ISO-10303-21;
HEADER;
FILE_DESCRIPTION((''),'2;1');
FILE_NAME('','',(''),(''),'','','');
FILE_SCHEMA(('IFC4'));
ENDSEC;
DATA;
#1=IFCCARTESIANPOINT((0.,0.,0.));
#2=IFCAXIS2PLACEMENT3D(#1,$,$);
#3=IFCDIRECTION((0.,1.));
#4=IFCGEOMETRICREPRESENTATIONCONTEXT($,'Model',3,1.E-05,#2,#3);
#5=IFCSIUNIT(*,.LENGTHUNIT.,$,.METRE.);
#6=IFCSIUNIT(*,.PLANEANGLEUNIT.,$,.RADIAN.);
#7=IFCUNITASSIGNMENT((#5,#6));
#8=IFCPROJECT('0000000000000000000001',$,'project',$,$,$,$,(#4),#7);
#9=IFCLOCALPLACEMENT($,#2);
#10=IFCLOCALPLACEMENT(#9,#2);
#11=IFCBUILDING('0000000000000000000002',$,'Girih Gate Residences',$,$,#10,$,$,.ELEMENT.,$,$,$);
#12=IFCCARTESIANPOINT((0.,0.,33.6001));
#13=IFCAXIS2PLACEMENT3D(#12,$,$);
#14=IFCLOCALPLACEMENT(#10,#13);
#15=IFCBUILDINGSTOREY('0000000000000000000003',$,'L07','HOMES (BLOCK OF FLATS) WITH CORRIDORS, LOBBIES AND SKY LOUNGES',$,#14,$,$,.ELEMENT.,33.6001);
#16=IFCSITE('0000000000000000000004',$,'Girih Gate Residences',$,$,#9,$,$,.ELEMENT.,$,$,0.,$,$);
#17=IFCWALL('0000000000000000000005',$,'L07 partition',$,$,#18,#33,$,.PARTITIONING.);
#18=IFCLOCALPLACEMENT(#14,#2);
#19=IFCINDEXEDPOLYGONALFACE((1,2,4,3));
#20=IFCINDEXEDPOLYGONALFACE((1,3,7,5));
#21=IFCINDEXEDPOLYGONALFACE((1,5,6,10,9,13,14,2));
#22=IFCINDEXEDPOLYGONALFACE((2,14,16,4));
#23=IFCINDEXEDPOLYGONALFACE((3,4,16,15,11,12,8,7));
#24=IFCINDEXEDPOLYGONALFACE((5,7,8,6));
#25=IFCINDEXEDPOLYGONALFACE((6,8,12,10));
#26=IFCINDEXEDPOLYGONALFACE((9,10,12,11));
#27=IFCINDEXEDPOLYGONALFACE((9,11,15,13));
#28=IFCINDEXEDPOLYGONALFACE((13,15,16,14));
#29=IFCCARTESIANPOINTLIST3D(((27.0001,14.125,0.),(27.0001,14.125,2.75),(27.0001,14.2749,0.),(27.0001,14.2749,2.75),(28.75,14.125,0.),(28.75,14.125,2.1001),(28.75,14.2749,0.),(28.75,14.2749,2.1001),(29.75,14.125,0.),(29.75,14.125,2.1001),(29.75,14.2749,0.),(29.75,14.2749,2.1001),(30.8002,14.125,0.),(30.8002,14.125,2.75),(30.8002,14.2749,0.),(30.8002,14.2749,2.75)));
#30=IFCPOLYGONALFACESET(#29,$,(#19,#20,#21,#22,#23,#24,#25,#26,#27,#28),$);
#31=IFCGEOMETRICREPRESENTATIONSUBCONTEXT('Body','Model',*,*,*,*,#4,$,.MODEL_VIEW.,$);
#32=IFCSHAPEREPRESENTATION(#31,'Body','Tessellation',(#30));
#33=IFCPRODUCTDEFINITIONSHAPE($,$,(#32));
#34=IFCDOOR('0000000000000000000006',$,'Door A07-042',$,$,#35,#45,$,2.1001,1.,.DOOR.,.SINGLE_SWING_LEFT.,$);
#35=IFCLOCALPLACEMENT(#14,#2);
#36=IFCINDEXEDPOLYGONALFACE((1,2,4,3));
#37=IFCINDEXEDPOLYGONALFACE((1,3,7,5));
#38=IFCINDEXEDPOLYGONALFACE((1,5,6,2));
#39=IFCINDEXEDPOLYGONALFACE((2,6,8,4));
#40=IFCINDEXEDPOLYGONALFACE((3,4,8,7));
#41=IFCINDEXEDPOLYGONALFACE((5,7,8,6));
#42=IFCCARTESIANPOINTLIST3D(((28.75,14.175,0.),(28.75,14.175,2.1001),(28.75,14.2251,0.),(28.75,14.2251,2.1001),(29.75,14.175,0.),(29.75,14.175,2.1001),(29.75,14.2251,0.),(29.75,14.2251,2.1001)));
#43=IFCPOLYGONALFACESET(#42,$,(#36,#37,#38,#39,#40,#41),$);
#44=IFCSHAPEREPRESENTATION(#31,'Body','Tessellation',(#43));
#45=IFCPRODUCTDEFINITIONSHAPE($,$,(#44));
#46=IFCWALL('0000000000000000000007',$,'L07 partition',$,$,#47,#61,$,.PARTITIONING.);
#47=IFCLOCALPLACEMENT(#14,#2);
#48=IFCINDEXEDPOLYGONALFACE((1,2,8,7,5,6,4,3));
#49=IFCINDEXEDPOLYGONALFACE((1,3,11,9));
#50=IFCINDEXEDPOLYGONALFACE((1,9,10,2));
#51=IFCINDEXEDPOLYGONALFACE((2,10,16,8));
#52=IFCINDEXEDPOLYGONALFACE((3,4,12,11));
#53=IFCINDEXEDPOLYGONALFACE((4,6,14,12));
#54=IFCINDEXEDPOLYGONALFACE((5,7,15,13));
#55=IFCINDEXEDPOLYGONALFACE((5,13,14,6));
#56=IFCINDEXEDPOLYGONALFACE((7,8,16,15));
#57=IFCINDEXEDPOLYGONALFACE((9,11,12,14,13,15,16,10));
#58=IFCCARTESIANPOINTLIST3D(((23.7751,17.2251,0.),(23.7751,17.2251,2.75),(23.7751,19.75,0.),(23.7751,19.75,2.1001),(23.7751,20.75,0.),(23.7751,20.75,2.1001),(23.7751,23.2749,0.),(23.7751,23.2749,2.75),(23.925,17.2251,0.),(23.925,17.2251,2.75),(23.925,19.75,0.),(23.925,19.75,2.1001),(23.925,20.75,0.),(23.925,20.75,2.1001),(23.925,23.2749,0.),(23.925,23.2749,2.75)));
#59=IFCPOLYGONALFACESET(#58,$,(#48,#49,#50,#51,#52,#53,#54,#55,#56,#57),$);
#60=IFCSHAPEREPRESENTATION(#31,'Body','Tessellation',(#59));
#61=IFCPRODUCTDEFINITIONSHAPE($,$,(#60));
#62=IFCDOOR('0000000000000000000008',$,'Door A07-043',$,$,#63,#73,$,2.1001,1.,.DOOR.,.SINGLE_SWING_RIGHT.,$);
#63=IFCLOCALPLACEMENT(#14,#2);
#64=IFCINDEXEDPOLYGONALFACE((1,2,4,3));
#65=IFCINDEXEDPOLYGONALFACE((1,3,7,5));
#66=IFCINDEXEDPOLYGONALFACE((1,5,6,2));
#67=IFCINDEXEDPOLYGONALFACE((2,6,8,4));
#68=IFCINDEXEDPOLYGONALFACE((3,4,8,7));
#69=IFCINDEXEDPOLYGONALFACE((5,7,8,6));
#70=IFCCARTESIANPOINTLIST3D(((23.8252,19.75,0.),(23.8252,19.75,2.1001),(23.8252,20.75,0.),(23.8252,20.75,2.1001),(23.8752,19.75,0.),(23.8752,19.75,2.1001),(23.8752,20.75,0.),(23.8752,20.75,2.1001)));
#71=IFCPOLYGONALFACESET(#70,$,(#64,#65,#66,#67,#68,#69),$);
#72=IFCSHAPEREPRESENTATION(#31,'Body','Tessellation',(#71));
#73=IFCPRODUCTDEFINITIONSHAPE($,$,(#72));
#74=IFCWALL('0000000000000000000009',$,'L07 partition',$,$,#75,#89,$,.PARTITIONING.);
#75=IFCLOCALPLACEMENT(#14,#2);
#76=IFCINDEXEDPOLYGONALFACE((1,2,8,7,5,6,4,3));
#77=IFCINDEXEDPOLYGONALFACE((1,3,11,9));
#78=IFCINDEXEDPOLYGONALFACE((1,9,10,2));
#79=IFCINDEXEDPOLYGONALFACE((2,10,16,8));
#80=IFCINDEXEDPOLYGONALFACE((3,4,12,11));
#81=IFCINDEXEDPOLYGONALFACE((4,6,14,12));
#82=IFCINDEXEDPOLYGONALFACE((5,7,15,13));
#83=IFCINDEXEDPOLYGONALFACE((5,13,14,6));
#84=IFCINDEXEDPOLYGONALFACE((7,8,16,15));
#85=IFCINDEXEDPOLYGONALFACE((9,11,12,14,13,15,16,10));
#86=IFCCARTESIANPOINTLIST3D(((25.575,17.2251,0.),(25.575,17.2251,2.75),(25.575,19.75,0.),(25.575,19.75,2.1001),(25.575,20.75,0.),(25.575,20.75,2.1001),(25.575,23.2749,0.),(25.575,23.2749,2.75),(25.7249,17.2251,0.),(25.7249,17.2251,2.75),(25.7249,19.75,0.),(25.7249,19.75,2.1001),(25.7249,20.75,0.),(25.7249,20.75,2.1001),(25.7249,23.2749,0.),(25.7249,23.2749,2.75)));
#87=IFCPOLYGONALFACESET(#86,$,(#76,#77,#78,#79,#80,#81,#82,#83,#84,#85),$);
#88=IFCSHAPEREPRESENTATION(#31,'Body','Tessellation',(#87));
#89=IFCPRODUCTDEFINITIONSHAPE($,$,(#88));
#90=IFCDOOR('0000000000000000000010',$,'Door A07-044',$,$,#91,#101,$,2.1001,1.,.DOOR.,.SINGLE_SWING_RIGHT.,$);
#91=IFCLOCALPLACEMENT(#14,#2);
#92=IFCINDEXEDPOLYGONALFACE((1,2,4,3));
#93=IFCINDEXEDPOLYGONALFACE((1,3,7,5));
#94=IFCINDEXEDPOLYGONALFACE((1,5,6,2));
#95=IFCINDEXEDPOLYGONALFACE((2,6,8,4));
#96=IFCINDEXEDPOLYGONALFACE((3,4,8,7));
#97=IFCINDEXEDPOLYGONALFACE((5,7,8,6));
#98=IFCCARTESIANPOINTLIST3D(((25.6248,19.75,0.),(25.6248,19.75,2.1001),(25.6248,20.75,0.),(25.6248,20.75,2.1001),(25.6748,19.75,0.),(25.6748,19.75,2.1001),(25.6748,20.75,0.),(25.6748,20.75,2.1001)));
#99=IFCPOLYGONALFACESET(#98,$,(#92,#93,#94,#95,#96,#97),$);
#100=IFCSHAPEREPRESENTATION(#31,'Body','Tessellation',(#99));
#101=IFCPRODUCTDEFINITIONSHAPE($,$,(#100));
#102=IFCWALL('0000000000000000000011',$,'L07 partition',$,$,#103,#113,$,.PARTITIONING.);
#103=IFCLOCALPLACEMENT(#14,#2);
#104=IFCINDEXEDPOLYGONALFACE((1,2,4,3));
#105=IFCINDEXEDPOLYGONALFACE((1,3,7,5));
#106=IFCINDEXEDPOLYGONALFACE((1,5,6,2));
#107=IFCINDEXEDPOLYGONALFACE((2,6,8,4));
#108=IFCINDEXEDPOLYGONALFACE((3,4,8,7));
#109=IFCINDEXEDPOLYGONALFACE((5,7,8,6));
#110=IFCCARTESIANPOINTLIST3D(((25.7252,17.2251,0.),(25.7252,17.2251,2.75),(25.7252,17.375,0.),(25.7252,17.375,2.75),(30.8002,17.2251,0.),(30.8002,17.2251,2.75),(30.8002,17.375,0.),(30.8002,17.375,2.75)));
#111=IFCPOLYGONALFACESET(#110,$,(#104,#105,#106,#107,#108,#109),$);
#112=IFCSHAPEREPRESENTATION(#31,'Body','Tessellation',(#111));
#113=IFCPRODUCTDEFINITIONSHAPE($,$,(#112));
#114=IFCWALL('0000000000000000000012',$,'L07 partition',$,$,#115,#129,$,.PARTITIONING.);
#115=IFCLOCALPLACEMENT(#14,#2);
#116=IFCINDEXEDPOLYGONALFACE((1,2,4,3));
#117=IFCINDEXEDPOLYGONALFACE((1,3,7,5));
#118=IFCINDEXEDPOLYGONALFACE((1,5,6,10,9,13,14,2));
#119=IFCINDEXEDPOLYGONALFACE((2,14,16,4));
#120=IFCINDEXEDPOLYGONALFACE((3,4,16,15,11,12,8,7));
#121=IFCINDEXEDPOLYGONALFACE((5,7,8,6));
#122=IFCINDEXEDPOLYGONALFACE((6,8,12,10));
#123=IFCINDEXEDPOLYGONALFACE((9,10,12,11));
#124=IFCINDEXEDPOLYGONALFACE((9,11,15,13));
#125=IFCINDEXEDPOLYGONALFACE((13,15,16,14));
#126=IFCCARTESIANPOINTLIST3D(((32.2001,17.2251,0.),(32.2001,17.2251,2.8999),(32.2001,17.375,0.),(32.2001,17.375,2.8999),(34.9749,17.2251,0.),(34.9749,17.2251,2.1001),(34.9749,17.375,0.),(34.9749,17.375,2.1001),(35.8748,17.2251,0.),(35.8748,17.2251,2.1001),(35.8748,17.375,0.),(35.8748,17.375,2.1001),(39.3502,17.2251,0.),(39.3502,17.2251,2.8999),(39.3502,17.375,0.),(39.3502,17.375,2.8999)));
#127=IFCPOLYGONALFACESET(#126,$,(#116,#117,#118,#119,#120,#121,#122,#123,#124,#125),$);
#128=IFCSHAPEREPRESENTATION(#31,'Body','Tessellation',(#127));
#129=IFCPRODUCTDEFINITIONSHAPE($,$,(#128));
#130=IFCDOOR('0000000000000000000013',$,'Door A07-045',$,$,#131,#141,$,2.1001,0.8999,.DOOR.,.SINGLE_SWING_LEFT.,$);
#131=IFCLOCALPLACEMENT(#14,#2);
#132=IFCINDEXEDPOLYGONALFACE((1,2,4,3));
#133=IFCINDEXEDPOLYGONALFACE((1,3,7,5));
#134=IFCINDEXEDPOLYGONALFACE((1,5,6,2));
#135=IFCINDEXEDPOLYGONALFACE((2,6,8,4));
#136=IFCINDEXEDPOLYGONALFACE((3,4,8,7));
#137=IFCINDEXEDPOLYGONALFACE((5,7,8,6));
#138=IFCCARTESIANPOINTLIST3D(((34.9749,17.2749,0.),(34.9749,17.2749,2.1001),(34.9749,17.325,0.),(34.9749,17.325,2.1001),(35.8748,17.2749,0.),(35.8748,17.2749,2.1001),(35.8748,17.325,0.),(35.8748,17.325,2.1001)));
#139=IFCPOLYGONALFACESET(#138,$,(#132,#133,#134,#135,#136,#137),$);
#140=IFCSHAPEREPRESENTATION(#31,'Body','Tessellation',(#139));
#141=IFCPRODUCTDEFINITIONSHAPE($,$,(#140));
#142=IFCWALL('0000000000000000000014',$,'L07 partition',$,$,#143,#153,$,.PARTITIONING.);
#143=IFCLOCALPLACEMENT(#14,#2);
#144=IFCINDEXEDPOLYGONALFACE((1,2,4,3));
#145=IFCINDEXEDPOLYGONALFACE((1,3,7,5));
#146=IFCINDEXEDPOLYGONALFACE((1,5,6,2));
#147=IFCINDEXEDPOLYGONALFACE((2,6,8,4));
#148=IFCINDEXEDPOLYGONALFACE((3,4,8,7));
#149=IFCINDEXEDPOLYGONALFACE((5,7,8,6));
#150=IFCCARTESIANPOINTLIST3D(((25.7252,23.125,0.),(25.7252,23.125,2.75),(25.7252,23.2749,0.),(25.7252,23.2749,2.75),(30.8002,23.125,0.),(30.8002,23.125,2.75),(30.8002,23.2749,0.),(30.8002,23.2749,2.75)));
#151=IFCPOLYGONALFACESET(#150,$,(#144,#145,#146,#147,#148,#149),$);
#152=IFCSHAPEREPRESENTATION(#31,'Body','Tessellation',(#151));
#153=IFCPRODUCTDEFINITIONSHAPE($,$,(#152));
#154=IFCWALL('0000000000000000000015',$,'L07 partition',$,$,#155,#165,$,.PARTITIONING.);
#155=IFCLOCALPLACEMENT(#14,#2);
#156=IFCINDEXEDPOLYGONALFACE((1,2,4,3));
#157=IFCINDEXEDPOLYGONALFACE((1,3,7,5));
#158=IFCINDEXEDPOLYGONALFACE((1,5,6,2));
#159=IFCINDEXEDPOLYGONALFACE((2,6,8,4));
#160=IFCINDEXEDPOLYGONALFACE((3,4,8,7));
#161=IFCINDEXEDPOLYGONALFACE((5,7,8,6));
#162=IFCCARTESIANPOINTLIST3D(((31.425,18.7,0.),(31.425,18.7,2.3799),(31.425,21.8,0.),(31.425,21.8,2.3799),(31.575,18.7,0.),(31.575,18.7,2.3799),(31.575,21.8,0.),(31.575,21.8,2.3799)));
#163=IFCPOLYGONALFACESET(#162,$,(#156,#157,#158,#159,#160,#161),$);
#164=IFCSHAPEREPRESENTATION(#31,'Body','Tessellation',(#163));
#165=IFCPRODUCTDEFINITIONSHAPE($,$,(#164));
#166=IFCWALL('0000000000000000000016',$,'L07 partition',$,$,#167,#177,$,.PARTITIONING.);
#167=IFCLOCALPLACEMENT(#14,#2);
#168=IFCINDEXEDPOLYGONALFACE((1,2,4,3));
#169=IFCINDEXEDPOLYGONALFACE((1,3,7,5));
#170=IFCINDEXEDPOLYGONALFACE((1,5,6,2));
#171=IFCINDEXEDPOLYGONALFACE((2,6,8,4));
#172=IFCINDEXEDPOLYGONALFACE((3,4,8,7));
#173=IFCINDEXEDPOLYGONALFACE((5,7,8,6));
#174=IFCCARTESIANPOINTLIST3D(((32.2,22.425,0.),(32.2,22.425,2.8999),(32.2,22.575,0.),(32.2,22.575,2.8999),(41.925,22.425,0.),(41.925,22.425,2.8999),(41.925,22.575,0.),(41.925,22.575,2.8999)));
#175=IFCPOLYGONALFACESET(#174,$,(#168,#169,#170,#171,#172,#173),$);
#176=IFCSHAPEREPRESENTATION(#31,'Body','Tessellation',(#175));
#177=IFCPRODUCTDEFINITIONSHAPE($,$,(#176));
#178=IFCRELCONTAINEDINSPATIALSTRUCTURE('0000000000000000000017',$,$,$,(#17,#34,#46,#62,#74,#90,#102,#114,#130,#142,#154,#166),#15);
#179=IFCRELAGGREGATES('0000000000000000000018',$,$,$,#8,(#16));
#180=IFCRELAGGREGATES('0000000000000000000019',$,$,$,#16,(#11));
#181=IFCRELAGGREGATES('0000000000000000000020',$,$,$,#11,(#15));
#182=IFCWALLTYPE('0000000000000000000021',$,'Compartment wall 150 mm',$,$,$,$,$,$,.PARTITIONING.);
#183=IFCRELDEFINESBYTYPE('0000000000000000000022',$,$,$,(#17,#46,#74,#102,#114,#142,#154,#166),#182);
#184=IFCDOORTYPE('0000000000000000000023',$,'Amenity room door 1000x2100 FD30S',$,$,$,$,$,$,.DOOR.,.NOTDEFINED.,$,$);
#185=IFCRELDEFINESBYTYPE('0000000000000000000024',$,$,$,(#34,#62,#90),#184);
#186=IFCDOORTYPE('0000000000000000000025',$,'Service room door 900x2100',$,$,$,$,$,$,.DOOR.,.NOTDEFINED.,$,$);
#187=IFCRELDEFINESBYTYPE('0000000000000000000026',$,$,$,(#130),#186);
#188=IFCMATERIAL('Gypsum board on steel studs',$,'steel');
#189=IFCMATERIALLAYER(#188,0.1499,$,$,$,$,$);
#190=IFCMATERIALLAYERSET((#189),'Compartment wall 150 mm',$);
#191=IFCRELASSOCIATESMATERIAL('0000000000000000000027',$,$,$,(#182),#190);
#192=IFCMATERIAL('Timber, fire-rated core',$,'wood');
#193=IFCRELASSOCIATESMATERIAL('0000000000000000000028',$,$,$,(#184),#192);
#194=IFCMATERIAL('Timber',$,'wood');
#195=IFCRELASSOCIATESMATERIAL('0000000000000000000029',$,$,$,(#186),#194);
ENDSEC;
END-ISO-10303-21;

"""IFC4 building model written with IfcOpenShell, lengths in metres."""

from ifc_helpers import new_model, si_unit, direction, frame, frame_2d, origin, place, context, subcontext, project, spatial, rectangle, extrude, material, layer, layer_set, type_object, element, fill, save


model = new_model("IFC4")

# Units and contexts
model_context = context("Model", 3, precision=1e-05, world=origin(), true_north=direction((0.0, 1.0)))
body_context = subcontext(model_context, "Body", "Model", "MODEL_VIEW")
ifc_project = project(units=[si_unit("LENGTHUNIT", "METRE"), si_unit("PLANEANGLEUNIT", "RADIAN")], contexts=[model_context])

# Site, building, storey
site_placement = place(None, origin())
site = spatial("IfcSite", under=ifc_project, at=site_placement, Name="Girih Gate Residences", CompositionType="ELEMENT", RefElevation=0.0)
building_placement = place(site_placement, origin())
building = spatial("IfcBuilding", under=site, at=building_placement, Name="Girih Gate Residences", CompositionType="ELEMENT")
storey_placement = place(building_placement, frame((0.0, 0.0, 33.6001)))
storey = spatial("IfcBuildingStorey", under=building, at=storey_placement, Name="L07", Description="HOMES (BLOCK OF FLATS) WITH CORRIDORS, LOBBIES AND SKY LOUNGES", CompositionType="ELEMENT", Elevation=33.6001)

# Shared definitions
ifc_material_1 = material(Name="Gypsum board on steel studs", Category="steel")
ifc_layer_1 = layer(ifc_material_1, 0.1499)
ifc_layer_set_1 = layer_set([ifc_layer_1], Name="Compartment wall 150 mm")
wall_type_1 = type_object("IfcWallType", Name="Compartment wall 150 mm", PredefinedType="PARTITIONING", material=ifc_layer_set_1)

# Walls, openings, doors
ifc_material_2 = material(Name="Timber, fire-rated core", Category="wood")
door_type_1 = type_object("IfcDoorType", Name="Amenity room door 1000x2100 FD30S", OperationType="NOTDEFINED", PredefinedType="DOOR", material=ifc_material_2)
wall_1_placement = place(storey_placement, frame((30.8, 14.2, 0.0), z_axis=(0.0, 0.0, 1.0), x_axis=(-1.0, 0.0, 0.0)))
wall_1 = element("IfcWall", 1, at=wall_1_placement, inside=storey, type_object=wall_type_1, Name="L07 partition", PredefinedType="PARTITIONING", context=body_context, shape_type="SweptSolid", body=[
    extrude(rectangle(XDim=3.8, YDim=0.1499, at=frame_2d((1.8999, 0.0))), origin(), (0.0, 0.0, 1.0), 2.75),
])
opening_1_placement = place(wall_1_placement, frame((1.05, 0.0, 0.0)))
opening_1 = element("IfcOpeningElement", 2, at=opening_1_placement, cuts=wall_1, PredefinedType="OPENING", context=body_context, shape_type="SweptSolid", body=[
    extrude(rectangle(XDim=1.0, YDim=2.1001, at=frame_2d((0.5, 1.05))), frame((0.0, 0.085, 0.0), z_axis=(0.0, -1.0, 0.0), x_axis=(1.0, 0.0, 0.0)), (0.0, 0.0, 1.0), 0.1699),
])
door_1_placement = place(opening_1_placement, origin())
door_1 = element("IfcDoor", 3, at=door_1_placement, inside=storey, type_object=door_type_1, Name="Door A07-042", OperationType="SINGLE_SWING_LEFT", OverallHeight=2.1001, OverallWidth=1.0, PredefinedType="DOOR", context=body_context, shape_type="SweptSolid", body=[
    extrude(rectangle(XDim=1.0, YDim=2.1001, at=frame_2d((0.5, 1.05))), frame((0.0, 0.0249, 0.0), z_axis=(0.0, -1.0, 0.0), x_axis=(1.0, 0.0, 0.0)), (0.0, 0.0, 1.0), 0.05),
])
fill(opening_1, door_1)
wall_2_placement = place(storey_placement, frame((23.8501, 17.2251, 0.0), z_axis=(0.0, 0.0, 1.0), x_axis=(0.0, 1.0, 0.0)))
wall_2 = element("IfcWall", 4, at=wall_2_placement, inside=storey, type_object=wall_type_1, Name="L07 partition", PredefinedType="PARTITIONING", context=body_context, shape_type="SweptSolid", body=[
    extrude(rectangle(XDim=6.0498, YDim=0.1499, at=frame_2d((3.0249, 0.0))), origin(), (0.0, 0.0, 1.0), 2.75),
])
opening_2_placement = place(wall_2_placement, frame((2.5249, 0.0, 0.0)))
opening_2 = element("IfcOpeningElement", 5, at=opening_2_placement, cuts=wall_2, PredefinedType="OPENING", context=body_context, shape_type="SweptSolid", body=[
    extrude(rectangle(XDim=1.0, YDim=2.1001, at=frame_2d((0.5, 1.05))), frame((0.0, 0.085, 0.0), z_axis=(0.0, -1.0, 0.0), x_axis=(1.0, 0.0, 0.0)), (0.0, 0.0, 1.0), 0.1699),
])
door_2_placement = place(opening_2_placement, origin())
door_2 = element("IfcDoor", 6, at=door_2_placement, inside=storey, type_object=door_type_1, Name="Door A07-043", OperationType="SINGLE_SWING_RIGHT", OverallHeight=2.1001, OverallWidth=1.0, PredefinedType="DOOR", context=body_context, shape_type="SweptSolid", body=[
    extrude(rectangle(XDim=1.0, YDim=2.1001, at=frame_2d((0.5, 1.05))), frame((0.0, 0.0249, 0.0), z_axis=(0.0, -1.0, 0.0), x_axis=(1.0, 0.0, 0.0)), (0.0, 0.0, 1.0), 0.05),
])
fill(opening_2, door_2)
wall_3_placement = place(storey_placement, frame((25.6499, 23.2749, 0.0), z_axis=(0.0, 0.0, 1.0), x_axis=(0.0, -1.0, 0.0)))
wall_3 = element("IfcWall", 7, at=wall_3_placement, inside=storey, type_object=wall_type_1, Name="L07 partition", PredefinedType="PARTITIONING", context=body_context, shape_type="SweptSolid", body=[
    extrude(rectangle(XDim=6.0498, YDim=0.1499, at=frame_2d((3.0249, 0.0))), origin(), (0.0, 0.0, 1.0), 2.75),
])
opening_3_placement = place(wall_3_placement, frame((2.5249, 0.0, 0.0)))
opening_3 = element("IfcOpeningElement", 8, at=opening_3_placement, cuts=wall_3, PredefinedType="OPENING", context=body_context, shape_type="SweptSolid", body=[
    extrude(rectangle(XDim=1.0, YDim=2.1001, at=frame_2d((0.5, 1.05))), frame((0.0, 0.085, 0.0), z_axis=(0.0, -1.0, 0.0), x_axis=(1.0, 0.0, 0.0)), (0.0, 0.0, 1.0), 0.1699),
])
door_3_placement = place(opening_3_placement, origin())
door_3 = element("IfcDoor", 9, at=door_3_placement, inside=storey, type_object=door_type_1, Name="Door A07-044", OperationType="SINGLE_SWING_RIGHT", OverallHeight=2.1001, OverallWidth=1.0, PredefinedType="DOOR", context=body_context, shape_type="SweptSolid", body=[
    extrude(rectangle(XDim=1.0, YDim=2.1001, at=frame_2d((0.5, 1.05))), frame((0.0, 0.0249, 0.0), z_axis=(0.0, -1.0, 0.0), x_axis=(1.0, 0.0, 0.0)), (0.0, 0.0, 1.0), 0.05),
])
fill(opening_3, door_3)

# Wall
wall_4_placement = place(storey_placement, frame((25.7251, 17.3, 0.0), z_axis=(0.0, 0.0, 1.0), x_axis=(1.0, 0.0, 0.0)))
element("IfcWall", 10, at=wall_4_placement, inside=storey, type_object=wall_type_1, Name="L07 partition", PredefinedType="PARTITIONING", context=body_context, shape_type="SweptSolid", body=[
    extrude(rectangle(XDim=5.075, YDim=0.1499, at=frame_2d((2.5376, 0.0))), origin(), (0.0, 0.0, 1.0), 2.75),
])

# Wall, opening, door
wall_5_placement = place(storey_placement, frame((32.2, 17.3, 0.0), z_axis=(0.0, 0.0, 1.0), x_axis=(1.0, 0.0, 0.0)))
wall_5 = element("IfcWall", 11, at=wall_5_placement, inside=storey, type_object=wall_type_1, Name="L07 partition", PredefinedType="PARTITIONING", context=body_context, shape_type="SweptSolid", body=[
    extrude(rectangle(XDim=7.1501, YDim=0.1499, at=frame_2d((3.5752, 0.0))), origin(), (0.0, 0.0, 1.0), 2.8999),
])
opening_4_placement = place(wall_5_placement, frame((2.7749, 0.0, 0.0)))
opening_4 = element("IfcOpeningElement", 12, at=opening_4_placement, cuts=wall_5, PredefinedType="OPENING", context=body_context, shape_type="SweptSolid", body=[
    extrude(rectangle(XDim=0.8999, YDim=2.1001, at=frame_2d((0.45, 1.05))), frame((0.0, 0.085, 0.0), z_axis=(0.0, -1.0, 0.0), x_axis=(1.0, 0.0, 0.0)), (0.0, 0.0, 1.0), 0.1699),
])
ifc_material_3 = material(Name="Timber", Category="wood")
door_type_2 = type_object("IfcDoorType", Name="Service room door 900x2100", OperationType="NOTDEFINED", PredefinedType="DOOR", material=ifc_material_3)
door_4_placement = place(opening_4_placement, origin())
door_4 = element("IfcDoor", 13, at=door_4_placement, inside=storey, type_object=door_type_2, Name="Door A07-045", OperationType="SINGLE_SWING_LEFT", OverallHeight=2.1001, OverallWidth=0.8999, PredefinedType="DOOR", context=body_context, shape_type="SweptSolid", body=[
    extrude(rectangle(XDim=0.8999, YDim=2.1001, at=frame_2d((0.45, 1.05))), frame((0.0, 0.0249, 0.0), z_axis=(0.0, -1.0, 0.0), x_axis=(1.0, 0.0, 0.0)), (0.0, 0.0, 1.0), 0.05),
])
fill(opening_4, door_4)

# Walls
wall_6_placement = place(storey_placement, frame((25.7251, 23.2, 0.0), z_axis=(0.0, 0.0, 1.0), x_axis=(1.0, 0.0, 0.0)))
element("IfcWall", 14, at=wall_6_placement, inside=storey, type_object=wall_type_1, Name="L07 partition", PredefinedType="PARTITIONING", context=body_context, shape_type="SweptSolid", body=[
    extrude(rectangle(XDim=5.075, YDim=0.1499, at=frame_2d((2.5376, 0.0))), origin(), (0.0, 0.0, 1.0), 2.75),
])
wall_7_placement = place(storey_placement, frame((31.5, 18.7, 0.0), z_axis=(0.0, 0.0, 1.0), x_axis=(0.0, 1.0, 0.0)))
element("IfcWall", 15, at=wall_7_placement, inside=storey, type_object=wall_type_1, Name="L07 partition", PredefinedType="PARTITIONING", context=body_context, shape_type="SweptSolid", body=[
    extrude(rectangle(XDim=3.1001, YDim=0.1499, at=frame_2d((1.55, 0.0))), origin(), (0.0, 0.0, 1.0), 2.3799),
])
wall_8_placement = place(storey_placement, frame((32.2, 22.5, 0.0), z_axis=(0.0, 0.0, 1.0), x_axis=(1.0, 0.0, 0.0)))
element("IfcWall", 16, at=wall_8_placement, inside=storey, type_object=wall_type_1, Name="L07 partition", PredefinedType="PARTITIONING", context=body_context, shape_type="SweptSolid", body=[
    extrude(rectangle(XDim=9.7251, YDim=0.1499, at=frame_2d((4.8625, 0.0))), origin(), (0.0, 0.0, 1.0), 2.8999),
])

save(model, "model.ifc")
